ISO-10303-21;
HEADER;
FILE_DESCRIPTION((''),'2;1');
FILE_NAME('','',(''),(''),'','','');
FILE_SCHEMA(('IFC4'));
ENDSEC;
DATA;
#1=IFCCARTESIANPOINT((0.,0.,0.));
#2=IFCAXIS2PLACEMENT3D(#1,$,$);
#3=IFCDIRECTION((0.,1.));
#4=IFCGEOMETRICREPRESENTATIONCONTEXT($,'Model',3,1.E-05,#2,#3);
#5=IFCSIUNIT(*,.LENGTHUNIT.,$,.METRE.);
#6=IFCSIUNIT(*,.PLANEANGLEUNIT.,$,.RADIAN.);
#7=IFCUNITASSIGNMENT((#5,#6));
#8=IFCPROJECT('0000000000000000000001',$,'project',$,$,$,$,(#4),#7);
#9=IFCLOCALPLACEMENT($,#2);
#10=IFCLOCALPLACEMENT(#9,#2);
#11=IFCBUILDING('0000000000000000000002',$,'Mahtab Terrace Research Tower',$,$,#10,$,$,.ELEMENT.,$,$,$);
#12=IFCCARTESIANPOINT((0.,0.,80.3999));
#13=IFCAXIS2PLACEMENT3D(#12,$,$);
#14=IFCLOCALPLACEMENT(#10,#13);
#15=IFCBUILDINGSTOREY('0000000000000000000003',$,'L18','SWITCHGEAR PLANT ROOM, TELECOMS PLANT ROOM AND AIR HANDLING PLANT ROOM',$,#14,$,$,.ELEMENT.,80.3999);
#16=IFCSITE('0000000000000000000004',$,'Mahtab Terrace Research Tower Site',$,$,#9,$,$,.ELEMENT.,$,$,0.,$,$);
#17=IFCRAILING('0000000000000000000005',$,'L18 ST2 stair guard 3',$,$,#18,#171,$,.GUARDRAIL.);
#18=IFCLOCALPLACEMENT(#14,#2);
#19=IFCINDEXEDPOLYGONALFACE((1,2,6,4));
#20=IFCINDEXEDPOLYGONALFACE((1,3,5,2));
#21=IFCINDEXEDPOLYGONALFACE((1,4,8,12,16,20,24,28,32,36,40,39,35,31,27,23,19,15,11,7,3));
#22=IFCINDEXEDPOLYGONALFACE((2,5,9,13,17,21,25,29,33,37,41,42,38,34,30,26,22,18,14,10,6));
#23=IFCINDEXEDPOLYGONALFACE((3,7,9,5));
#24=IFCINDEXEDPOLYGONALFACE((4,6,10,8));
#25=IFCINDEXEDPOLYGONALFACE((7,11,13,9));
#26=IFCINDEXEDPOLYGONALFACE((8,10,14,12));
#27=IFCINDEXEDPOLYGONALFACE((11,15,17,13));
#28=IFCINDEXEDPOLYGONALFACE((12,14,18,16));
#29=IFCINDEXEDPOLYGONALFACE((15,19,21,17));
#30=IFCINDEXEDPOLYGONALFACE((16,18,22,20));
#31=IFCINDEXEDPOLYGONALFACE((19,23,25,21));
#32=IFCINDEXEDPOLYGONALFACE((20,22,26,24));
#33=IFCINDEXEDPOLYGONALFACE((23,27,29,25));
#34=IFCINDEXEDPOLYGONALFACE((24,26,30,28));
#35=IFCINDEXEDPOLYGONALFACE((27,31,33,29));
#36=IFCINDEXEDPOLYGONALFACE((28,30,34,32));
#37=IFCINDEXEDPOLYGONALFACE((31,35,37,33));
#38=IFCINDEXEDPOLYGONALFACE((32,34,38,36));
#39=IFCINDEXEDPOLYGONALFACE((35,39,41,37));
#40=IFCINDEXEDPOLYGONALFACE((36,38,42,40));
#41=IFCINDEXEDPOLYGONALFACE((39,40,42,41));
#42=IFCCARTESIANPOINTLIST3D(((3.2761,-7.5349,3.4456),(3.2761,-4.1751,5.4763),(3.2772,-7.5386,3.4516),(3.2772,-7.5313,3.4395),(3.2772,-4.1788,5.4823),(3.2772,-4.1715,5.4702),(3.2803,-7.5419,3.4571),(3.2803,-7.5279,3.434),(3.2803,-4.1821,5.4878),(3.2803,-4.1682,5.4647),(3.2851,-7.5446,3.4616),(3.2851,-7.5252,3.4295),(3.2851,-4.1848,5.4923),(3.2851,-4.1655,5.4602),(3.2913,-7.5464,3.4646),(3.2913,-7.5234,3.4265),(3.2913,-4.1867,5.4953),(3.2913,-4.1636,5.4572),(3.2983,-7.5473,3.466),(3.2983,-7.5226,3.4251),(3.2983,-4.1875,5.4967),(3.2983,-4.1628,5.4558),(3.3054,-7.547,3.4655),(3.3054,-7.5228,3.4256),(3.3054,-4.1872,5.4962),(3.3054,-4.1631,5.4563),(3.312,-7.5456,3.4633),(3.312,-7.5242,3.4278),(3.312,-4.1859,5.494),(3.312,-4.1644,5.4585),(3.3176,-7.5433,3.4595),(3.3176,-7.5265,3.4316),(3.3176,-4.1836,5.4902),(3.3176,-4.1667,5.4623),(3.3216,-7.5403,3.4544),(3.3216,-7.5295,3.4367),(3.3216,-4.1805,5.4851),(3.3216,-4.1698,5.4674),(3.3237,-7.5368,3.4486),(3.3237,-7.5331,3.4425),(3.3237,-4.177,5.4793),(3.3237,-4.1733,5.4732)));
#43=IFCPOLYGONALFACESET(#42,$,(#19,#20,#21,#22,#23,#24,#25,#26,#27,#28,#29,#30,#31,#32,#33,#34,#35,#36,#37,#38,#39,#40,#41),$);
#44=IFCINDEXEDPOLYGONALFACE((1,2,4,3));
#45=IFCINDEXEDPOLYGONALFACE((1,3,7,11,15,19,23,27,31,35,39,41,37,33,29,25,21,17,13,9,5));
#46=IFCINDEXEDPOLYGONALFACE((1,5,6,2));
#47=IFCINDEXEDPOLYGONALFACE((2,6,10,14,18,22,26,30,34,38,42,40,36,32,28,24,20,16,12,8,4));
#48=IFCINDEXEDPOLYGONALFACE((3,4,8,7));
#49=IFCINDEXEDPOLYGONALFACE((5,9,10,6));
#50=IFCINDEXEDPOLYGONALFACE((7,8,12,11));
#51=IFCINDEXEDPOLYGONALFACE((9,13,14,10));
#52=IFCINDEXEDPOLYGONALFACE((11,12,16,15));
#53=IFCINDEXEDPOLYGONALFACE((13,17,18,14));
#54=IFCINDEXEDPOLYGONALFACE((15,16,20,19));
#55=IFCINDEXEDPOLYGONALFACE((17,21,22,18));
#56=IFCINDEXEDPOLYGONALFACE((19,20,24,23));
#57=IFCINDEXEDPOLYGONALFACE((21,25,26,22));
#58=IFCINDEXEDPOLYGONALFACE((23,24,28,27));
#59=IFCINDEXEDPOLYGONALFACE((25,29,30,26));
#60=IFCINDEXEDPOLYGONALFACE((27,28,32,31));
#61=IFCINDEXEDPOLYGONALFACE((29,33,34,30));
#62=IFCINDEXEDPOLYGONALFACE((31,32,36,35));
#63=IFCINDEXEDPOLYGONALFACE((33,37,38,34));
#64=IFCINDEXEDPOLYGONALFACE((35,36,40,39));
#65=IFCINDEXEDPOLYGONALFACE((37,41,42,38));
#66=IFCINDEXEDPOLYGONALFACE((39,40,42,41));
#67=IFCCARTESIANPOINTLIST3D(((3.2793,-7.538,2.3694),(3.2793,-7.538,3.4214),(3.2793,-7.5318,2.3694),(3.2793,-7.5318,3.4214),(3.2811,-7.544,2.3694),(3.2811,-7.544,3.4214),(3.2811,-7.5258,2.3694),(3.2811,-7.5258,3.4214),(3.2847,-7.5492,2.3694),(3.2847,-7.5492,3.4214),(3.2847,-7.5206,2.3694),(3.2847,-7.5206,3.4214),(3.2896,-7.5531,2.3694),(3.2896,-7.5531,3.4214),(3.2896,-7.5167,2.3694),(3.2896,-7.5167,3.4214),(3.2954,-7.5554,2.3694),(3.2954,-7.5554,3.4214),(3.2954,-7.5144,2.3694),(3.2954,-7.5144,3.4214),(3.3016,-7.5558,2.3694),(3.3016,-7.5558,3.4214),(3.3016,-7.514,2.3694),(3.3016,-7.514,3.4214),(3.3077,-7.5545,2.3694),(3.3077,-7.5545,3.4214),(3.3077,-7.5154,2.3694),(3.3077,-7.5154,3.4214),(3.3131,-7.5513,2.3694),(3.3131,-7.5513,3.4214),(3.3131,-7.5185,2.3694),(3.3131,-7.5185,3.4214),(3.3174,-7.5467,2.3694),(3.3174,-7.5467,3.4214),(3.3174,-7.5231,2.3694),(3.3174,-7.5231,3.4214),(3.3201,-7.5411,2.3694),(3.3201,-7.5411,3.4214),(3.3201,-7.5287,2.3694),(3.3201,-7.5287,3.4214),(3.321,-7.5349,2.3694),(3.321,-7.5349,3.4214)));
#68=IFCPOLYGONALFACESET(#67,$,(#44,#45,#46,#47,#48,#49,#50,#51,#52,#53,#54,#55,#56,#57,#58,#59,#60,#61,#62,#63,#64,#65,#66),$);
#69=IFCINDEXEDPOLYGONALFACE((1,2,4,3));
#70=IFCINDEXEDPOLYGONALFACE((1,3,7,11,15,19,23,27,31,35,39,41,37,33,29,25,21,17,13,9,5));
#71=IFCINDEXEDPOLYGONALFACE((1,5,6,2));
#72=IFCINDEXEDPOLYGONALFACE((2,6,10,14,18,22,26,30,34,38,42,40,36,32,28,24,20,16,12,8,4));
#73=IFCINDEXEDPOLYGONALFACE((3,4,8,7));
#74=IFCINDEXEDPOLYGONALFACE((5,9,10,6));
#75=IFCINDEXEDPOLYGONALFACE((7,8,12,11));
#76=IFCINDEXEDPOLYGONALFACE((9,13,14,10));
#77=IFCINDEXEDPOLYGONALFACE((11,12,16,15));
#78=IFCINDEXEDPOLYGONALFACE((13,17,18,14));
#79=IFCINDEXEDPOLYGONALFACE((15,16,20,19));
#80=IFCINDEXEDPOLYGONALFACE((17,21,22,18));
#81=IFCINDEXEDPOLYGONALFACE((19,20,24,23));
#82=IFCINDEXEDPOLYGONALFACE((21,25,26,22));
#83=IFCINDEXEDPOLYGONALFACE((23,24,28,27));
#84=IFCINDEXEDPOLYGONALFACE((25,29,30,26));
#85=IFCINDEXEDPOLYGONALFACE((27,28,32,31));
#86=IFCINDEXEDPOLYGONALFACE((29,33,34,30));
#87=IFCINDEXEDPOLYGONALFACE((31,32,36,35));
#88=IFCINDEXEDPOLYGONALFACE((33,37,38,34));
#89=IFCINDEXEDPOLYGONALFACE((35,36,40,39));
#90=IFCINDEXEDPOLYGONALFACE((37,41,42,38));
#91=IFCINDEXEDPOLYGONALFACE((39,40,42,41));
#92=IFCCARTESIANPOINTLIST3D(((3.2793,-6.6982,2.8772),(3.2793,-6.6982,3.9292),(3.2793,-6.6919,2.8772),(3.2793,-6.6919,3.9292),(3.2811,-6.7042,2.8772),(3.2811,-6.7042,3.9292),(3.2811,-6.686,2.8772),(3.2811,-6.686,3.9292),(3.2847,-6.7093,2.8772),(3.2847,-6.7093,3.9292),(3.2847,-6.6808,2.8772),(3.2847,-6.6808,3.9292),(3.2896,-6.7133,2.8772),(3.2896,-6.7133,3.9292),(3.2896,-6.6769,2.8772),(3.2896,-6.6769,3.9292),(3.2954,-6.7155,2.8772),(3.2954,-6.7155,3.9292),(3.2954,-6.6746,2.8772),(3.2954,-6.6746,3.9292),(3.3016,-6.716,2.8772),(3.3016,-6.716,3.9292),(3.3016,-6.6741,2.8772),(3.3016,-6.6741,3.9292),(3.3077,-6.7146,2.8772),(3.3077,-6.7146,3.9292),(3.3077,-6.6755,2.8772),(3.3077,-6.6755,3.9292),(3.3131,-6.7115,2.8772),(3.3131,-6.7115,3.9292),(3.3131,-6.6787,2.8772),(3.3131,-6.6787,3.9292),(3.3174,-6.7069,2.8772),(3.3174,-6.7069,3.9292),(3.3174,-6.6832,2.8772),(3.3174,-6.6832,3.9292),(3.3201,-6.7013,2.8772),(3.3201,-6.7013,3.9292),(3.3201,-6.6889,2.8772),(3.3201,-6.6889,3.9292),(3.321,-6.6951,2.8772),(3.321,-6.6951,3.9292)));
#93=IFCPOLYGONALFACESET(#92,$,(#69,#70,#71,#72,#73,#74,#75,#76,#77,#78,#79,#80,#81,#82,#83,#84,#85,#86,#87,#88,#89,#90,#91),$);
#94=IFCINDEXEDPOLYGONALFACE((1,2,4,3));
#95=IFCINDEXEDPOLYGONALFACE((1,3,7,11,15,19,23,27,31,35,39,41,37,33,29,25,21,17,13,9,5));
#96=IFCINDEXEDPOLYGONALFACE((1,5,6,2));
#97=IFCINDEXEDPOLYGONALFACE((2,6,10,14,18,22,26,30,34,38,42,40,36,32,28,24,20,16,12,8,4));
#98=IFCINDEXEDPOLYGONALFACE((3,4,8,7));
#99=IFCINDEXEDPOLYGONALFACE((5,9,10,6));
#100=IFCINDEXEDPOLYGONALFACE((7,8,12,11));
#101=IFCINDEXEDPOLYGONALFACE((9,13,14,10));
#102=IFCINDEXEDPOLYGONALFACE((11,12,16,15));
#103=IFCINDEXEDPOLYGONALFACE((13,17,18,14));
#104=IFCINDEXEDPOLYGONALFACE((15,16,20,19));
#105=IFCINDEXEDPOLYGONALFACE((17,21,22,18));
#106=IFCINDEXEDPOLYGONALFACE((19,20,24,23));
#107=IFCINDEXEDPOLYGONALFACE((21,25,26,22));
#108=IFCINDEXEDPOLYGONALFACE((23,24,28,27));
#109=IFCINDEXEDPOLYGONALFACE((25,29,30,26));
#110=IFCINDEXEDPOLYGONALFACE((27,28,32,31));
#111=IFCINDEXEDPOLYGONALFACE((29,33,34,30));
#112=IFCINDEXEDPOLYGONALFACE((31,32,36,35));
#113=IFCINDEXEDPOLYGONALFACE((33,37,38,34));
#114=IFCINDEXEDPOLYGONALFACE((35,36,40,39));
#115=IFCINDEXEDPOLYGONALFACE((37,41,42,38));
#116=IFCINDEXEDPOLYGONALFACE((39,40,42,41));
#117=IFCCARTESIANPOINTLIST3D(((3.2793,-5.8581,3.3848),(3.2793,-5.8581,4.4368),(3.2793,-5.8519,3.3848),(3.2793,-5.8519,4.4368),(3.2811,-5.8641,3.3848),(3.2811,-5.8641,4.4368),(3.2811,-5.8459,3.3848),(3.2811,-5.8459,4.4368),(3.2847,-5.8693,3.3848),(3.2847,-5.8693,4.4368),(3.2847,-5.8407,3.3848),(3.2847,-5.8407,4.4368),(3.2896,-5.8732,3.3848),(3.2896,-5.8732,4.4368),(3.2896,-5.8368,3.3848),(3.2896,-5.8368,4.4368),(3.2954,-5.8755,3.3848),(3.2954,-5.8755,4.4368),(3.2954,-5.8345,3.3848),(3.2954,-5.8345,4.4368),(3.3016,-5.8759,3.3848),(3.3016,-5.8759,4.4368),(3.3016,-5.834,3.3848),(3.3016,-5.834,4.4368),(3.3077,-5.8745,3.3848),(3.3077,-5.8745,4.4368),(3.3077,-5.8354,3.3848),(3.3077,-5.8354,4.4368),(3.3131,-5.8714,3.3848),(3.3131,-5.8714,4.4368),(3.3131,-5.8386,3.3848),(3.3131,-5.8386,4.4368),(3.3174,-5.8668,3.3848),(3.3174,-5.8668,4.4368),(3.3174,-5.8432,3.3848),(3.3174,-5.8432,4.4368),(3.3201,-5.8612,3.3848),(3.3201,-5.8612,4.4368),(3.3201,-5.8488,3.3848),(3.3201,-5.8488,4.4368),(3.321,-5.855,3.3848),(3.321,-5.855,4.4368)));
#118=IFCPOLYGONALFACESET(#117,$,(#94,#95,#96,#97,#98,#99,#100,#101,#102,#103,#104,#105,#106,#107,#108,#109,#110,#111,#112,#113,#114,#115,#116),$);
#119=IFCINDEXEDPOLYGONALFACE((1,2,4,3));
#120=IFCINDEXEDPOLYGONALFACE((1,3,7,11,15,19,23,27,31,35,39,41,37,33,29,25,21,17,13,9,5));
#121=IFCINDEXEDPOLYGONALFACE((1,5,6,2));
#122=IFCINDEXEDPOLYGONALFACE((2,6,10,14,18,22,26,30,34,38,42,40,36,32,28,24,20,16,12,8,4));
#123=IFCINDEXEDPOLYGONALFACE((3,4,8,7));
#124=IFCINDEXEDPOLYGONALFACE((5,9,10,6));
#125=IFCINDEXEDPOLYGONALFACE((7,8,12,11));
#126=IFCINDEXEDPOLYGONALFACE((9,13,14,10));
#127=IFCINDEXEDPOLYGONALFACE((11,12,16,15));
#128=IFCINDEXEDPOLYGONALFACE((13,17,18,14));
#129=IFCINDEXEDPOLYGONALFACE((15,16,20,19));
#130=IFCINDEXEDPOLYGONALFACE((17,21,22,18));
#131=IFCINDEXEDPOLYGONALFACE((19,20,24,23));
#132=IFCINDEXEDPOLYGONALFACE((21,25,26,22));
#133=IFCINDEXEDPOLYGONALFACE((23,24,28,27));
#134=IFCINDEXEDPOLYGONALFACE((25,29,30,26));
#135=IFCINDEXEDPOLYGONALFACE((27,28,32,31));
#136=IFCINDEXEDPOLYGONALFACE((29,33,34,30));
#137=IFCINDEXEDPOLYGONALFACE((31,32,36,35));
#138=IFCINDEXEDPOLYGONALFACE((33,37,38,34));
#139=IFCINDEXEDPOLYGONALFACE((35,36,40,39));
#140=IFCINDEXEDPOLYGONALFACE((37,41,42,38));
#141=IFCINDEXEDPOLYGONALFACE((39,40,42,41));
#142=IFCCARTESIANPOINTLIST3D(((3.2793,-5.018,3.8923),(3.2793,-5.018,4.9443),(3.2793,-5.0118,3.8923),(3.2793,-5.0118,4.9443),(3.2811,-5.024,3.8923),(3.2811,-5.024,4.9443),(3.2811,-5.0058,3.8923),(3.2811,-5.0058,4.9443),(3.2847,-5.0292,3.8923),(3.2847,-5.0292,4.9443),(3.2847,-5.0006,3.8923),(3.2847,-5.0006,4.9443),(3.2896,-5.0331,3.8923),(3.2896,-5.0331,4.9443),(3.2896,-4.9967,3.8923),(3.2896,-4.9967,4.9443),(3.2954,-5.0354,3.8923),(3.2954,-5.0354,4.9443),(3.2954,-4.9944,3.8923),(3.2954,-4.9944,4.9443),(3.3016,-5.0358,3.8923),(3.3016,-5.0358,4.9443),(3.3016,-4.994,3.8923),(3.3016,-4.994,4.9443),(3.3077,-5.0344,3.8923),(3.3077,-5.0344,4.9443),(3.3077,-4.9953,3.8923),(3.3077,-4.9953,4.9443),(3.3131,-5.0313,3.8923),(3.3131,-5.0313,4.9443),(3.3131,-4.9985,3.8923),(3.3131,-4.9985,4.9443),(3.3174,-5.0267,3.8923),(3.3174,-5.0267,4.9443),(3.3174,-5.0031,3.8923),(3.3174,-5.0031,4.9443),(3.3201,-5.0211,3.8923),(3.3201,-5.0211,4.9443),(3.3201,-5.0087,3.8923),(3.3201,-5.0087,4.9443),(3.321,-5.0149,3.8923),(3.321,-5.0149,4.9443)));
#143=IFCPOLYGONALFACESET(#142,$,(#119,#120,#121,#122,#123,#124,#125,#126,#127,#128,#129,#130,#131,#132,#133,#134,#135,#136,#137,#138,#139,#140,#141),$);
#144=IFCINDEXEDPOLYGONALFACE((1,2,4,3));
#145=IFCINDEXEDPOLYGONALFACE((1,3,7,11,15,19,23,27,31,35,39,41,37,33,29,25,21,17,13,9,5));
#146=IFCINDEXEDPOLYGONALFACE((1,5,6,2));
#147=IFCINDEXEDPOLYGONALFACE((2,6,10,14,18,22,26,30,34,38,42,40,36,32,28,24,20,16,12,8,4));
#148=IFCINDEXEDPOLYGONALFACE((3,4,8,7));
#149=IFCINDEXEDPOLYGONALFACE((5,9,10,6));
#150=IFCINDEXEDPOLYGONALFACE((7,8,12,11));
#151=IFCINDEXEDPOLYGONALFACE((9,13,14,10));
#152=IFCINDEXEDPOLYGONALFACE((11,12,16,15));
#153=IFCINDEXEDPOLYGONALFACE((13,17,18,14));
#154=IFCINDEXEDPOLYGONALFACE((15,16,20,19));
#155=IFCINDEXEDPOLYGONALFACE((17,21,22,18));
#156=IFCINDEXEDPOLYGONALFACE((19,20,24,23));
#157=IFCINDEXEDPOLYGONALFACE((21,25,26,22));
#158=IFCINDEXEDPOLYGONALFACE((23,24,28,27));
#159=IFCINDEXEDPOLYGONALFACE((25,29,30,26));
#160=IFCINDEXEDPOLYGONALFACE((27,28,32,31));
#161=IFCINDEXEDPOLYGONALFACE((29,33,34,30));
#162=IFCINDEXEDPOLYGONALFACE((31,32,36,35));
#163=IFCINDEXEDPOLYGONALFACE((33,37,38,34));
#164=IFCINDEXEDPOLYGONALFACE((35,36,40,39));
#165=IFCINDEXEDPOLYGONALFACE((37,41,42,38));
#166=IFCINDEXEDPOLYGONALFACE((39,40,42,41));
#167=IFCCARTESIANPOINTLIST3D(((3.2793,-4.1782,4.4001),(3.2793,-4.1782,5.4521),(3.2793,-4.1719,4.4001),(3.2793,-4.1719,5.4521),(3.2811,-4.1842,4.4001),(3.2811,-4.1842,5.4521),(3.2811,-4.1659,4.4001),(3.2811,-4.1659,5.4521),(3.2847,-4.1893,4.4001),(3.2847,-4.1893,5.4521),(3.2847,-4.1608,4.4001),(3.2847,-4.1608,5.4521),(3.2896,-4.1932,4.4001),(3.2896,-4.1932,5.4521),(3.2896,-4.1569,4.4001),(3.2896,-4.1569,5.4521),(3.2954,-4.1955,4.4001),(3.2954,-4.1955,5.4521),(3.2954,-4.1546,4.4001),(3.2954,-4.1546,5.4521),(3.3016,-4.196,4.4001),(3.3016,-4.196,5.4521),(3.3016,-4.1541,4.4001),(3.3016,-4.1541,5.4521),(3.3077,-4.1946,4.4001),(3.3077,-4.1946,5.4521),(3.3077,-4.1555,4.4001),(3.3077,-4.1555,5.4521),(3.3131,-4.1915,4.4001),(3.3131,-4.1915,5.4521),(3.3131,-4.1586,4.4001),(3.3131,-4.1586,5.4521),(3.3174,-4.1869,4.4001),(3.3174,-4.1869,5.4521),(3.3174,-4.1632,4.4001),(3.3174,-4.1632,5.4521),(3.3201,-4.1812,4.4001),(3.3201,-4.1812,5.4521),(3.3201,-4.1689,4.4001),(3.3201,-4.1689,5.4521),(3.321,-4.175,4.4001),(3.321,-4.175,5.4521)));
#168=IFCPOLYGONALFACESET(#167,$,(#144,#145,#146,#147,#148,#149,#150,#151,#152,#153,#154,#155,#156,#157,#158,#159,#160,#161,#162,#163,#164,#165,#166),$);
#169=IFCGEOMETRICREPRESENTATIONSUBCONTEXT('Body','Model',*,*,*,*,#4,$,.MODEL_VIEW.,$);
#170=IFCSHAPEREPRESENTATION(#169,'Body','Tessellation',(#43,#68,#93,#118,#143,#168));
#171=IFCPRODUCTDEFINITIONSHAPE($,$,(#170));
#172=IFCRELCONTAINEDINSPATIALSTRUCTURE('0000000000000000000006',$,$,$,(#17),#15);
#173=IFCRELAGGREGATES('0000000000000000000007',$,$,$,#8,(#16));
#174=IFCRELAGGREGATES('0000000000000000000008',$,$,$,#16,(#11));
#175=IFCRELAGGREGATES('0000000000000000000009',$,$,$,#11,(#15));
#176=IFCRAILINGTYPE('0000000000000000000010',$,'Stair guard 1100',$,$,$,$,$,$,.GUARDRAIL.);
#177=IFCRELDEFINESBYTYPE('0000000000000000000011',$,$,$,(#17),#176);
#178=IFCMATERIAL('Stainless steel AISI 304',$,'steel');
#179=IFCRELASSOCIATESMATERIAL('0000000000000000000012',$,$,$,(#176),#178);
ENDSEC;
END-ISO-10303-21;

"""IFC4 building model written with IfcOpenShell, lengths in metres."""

from ifc_helpers import new_model, si_unit, direction, frame, origin, origin_2d, place, context, subcontext, project, spatial, circle, extrude, material, type_object, element, save


model = new_model("IFC4")

# Units and contexts
model_context = context("Model", 3, precision=1e-05, world=origin(), true_north=direction((0.0, 1.0)))
body_context = subcontext(model_context, "Body", "Model", "MODEL_VIEW")
ifc_project = project(units=[si_unit("LENGTHUNIT", "METRE"), si_unit("PLANEANGLEUNIT", "RADIAN")], contexts=[model_context])

# Site, building, storey
site_placement = place(None, origin())
site = spatial("IfcSite", under=ifc_project, at=site_placement, Name="Mahtab Terrace Research Tower Site", CompositionType="ELEMENT", RefElevation=0.0)
building_placement = place(site_placement, origin())
building = spatial("IfcBuilding", under=site, at=building_placement, Name="Mahtab Terrace Research Tower", CompositionType="ELEMENT")
storey_placement = place(building_placement, frame((0.0, 0.0, 80.3999)))
storey = spatial("IfcBuildingStorey", under=building, at=storey_placement, Name="L18", Description="SWITCHGEAR PLANT ROOM, TELECOMS PLANT ROOM AND AIR HANDLING PLANT ROOM", CompositionType="ELEMENT", Elevation=80.3999)

# Railing
ifc_material_1 = material(Name="Stainless steel AISI 304", Category="steel")
railing_type_1 = type_object("IfcRailingType", Name="Stair guard 1100", PredefinedType="GUARDRAIL", material=ifc_material_1)
railing_1_placement = place(storey_placement, frame((3.3, -7.5349, 2.3694)))
element("IfcRailing", 1, at=railing_1_placement, inside=storey, type_object=railing_type_1, Name="L18 ST2 stair guard 3", PredefinedType="GUARDRAIL", context=body_context, shape_type="SweptSolid", body=[
    extrude(circle(Radius=0.0239, at=origin_2d()), frame((0.0, 0.0, 1.0762), z_axis=(0.0, 0.85582, 0.517273), x_axis=(-1.0, 0.0, 0.0)), (0.0, 0.0, 1.0), 3.9258),
    extrude(circle(Radius=0.021, at=origin_2d()), origin(), (0.0, 0.0, 1.0), 1.052),
    extrude(circle(Radius=0.021, at=origin_2d()), frame((0.0, 0.8398, 0.5078)), (0.0, 0.0, 1.0), 1.052),
    extrude(circle(Radius=0.021, at=origin_2d()), frame((0.0, 1.6799, 1.0154)), (0.0, 0.0, 1.0), 1.052),
    extrude(circle(Radius=0.021, at=origin_2d()), frame((0.0, 2.52, 1.5229)), (0.0, 0.0, 1.0), 1.052),
    extrude(circle(Radius=0.021, at=origin_2d()), frame((0.0, 3.3599, 2.0308)), (0.0, 0.0, 1.0), 1.052),
])

save(model, "model.ifc")
